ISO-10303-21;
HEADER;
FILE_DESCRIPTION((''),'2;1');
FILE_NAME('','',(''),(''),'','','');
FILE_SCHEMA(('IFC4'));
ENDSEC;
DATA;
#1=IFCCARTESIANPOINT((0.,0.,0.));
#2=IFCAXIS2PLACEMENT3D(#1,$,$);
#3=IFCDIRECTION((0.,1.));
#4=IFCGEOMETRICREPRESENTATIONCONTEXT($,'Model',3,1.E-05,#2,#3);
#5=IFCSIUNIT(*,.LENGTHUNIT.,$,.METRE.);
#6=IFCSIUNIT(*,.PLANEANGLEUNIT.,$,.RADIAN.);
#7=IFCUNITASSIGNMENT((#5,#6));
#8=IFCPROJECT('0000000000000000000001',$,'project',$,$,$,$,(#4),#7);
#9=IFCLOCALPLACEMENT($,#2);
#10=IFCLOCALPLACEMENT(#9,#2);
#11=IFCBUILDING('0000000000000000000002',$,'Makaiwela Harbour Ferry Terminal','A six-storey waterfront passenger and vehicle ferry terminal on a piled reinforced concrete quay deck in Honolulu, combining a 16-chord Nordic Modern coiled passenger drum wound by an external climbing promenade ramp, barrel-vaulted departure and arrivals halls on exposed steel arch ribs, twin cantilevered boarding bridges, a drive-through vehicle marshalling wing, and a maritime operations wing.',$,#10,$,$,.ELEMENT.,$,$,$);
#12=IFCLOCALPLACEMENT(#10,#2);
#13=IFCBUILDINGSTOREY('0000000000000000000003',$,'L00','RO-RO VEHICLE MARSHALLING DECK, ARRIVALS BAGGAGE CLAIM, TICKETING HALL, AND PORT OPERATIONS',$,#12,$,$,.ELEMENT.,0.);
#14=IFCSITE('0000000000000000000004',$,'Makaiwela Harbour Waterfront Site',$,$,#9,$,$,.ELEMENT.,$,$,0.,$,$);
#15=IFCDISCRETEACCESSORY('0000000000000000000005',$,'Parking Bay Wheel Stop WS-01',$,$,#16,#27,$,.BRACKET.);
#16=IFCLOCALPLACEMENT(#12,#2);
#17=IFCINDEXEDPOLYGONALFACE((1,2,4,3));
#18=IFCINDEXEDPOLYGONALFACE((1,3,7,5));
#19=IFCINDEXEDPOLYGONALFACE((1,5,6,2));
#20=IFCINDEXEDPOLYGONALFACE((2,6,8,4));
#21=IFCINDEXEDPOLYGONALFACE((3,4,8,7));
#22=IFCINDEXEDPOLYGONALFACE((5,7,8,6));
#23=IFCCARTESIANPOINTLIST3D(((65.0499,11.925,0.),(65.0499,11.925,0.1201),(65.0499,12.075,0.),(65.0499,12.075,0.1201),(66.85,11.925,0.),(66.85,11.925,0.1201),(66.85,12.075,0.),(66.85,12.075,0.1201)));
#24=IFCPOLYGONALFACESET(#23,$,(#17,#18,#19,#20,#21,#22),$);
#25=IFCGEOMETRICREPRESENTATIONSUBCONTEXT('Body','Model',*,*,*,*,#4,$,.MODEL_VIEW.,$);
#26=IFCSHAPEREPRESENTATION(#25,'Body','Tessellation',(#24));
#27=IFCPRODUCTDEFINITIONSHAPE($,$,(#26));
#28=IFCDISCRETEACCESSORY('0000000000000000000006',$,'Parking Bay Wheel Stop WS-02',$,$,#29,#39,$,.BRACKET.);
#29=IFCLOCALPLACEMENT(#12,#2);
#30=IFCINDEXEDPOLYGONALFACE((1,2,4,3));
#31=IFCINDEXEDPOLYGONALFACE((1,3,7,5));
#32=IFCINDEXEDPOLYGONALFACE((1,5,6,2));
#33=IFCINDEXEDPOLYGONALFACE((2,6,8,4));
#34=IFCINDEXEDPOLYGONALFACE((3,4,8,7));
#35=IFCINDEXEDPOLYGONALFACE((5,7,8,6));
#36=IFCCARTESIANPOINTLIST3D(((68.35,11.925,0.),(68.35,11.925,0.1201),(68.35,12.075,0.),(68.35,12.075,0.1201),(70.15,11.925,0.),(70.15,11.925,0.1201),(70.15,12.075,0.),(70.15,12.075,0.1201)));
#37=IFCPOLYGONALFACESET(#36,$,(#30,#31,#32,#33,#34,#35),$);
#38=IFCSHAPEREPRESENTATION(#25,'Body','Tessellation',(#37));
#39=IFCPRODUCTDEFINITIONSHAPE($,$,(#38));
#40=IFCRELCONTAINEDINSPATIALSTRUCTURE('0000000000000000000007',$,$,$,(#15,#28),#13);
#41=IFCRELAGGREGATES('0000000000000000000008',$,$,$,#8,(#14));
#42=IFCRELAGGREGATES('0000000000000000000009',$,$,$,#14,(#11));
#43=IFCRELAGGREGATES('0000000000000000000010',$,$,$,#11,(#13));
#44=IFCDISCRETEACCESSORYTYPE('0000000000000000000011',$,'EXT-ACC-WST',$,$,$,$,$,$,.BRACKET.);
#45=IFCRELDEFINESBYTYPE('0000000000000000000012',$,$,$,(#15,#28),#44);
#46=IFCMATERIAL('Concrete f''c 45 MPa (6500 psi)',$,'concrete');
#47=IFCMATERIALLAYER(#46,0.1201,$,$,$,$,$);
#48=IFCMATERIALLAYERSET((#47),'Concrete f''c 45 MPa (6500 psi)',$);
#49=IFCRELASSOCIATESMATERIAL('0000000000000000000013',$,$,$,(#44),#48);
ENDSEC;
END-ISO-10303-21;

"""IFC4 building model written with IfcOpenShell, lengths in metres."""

from ifc_helpers import new_model, si_unit, direction, frame, origin, origin_2d, place, context, subcontext, project, spatial, rectangle, extrude, material, layer, layer_set, type_object, element, save


model = new_model("IFC4")

# Units and contexts
model_context = context("Model", 3, precision=1e-05, world=origin(), true_north=direction((0.0, 1.0)))
body_context = subcontext(model_context, "Body", "Model", "MODEL_VIEW")
ifc_project = project(units=[si_unit("LENGTHUNIT", "METRE"), si_unit("PLANEANGLEUNIT", "RADIAN")], contexts=[model_context])

# Site, building, storey
site_placement = place(None, origin())
site = spatial("IfcSite", under=ifc_project, at=site_placement, Name="Makaiwela Harbour Waterfront Site", CompositionType="ELEMENT", RefElevation=0.0)
building_placement = place(site_placement, origin())
building = spatial("IfcBuilding", under=site, at=building_placement, Name="Makaiwela Harbour Ferry Terminal", Description="A six-storey waterfront passenger and vehicle ferry terminal on a piled reinforced concrete quay deck in Honolulu, combining a 16-chord Nordic Modern coiled passenger drum wound by an external climbing promenade ramp, barrel-vaulted departure and arrivals halls on exposed steel arch ribs, twin cantilevered boarding bridges, a drive-through vehicle marshalling wing, and a maritime operations wing.", CompositionType="ELEMENT")
storey_placement = place(building_placement, origin())
storey = spatial("IfcBuildingStorey", under=building, at=storey_placement, Name="L00", Description="RO-RO VEHICLE MARSHALLING DECK, ARRIVALS BAGGAGE CLAIM, TICKETING HALL, AND PORT OPERATIONS", CompositionType="ELEMENT", Elevation=0.0)

# Shared definitions
ifc_material_1 = material(Name="Concrete f'c 45 MPa (6500 psi)", Category="concrete")

# Discrete accessories
ifc_layer_1 = layer(ifc_material_1, 0.1201)
ifc_layer_set_1 = layer_set([ifc_layer_1], Name="Concrete f'c 45 MPa (6500 psi)")
discrete_accessory_type = type_object("IfcDiscreteAccessoryType", Name="EXT-ACC-WST", PredefinedType="BRACKET", material=ifc_layer_set_1)
for number, where, z_axis, x_axis, name in (
    (1, (65.95, 12.0, 0.0), (0.0, 0.0, 1.0), (1.0, 0.0, 0.0), "Parking Bay Wheel Stop WS-01"),
    (2, (69.25, 12.0, 0.0), (0.0, 0.0, 1.0), (1.0, 0.0, 0.0), "Parking Bay Wheel Stop WS-02"),
):
    element("IfcDiscreteAccessory", number, at=place(storey_placement, frame(where, z_axis=z_axis, x_axis=x_axis)), inside=storey, type_object=discrete_accessory_type, Name=name, PredefinedType="BRACKET", context=body_context, shape_type="SweptSolid", body=[
        extrude(rectangle(XDim=1.8, YDim=0.1499, at=origin_2d()), origin(), (0.0, 0.0, 1.0), 0.1201),
    ])

save(model, "model.ifc")
